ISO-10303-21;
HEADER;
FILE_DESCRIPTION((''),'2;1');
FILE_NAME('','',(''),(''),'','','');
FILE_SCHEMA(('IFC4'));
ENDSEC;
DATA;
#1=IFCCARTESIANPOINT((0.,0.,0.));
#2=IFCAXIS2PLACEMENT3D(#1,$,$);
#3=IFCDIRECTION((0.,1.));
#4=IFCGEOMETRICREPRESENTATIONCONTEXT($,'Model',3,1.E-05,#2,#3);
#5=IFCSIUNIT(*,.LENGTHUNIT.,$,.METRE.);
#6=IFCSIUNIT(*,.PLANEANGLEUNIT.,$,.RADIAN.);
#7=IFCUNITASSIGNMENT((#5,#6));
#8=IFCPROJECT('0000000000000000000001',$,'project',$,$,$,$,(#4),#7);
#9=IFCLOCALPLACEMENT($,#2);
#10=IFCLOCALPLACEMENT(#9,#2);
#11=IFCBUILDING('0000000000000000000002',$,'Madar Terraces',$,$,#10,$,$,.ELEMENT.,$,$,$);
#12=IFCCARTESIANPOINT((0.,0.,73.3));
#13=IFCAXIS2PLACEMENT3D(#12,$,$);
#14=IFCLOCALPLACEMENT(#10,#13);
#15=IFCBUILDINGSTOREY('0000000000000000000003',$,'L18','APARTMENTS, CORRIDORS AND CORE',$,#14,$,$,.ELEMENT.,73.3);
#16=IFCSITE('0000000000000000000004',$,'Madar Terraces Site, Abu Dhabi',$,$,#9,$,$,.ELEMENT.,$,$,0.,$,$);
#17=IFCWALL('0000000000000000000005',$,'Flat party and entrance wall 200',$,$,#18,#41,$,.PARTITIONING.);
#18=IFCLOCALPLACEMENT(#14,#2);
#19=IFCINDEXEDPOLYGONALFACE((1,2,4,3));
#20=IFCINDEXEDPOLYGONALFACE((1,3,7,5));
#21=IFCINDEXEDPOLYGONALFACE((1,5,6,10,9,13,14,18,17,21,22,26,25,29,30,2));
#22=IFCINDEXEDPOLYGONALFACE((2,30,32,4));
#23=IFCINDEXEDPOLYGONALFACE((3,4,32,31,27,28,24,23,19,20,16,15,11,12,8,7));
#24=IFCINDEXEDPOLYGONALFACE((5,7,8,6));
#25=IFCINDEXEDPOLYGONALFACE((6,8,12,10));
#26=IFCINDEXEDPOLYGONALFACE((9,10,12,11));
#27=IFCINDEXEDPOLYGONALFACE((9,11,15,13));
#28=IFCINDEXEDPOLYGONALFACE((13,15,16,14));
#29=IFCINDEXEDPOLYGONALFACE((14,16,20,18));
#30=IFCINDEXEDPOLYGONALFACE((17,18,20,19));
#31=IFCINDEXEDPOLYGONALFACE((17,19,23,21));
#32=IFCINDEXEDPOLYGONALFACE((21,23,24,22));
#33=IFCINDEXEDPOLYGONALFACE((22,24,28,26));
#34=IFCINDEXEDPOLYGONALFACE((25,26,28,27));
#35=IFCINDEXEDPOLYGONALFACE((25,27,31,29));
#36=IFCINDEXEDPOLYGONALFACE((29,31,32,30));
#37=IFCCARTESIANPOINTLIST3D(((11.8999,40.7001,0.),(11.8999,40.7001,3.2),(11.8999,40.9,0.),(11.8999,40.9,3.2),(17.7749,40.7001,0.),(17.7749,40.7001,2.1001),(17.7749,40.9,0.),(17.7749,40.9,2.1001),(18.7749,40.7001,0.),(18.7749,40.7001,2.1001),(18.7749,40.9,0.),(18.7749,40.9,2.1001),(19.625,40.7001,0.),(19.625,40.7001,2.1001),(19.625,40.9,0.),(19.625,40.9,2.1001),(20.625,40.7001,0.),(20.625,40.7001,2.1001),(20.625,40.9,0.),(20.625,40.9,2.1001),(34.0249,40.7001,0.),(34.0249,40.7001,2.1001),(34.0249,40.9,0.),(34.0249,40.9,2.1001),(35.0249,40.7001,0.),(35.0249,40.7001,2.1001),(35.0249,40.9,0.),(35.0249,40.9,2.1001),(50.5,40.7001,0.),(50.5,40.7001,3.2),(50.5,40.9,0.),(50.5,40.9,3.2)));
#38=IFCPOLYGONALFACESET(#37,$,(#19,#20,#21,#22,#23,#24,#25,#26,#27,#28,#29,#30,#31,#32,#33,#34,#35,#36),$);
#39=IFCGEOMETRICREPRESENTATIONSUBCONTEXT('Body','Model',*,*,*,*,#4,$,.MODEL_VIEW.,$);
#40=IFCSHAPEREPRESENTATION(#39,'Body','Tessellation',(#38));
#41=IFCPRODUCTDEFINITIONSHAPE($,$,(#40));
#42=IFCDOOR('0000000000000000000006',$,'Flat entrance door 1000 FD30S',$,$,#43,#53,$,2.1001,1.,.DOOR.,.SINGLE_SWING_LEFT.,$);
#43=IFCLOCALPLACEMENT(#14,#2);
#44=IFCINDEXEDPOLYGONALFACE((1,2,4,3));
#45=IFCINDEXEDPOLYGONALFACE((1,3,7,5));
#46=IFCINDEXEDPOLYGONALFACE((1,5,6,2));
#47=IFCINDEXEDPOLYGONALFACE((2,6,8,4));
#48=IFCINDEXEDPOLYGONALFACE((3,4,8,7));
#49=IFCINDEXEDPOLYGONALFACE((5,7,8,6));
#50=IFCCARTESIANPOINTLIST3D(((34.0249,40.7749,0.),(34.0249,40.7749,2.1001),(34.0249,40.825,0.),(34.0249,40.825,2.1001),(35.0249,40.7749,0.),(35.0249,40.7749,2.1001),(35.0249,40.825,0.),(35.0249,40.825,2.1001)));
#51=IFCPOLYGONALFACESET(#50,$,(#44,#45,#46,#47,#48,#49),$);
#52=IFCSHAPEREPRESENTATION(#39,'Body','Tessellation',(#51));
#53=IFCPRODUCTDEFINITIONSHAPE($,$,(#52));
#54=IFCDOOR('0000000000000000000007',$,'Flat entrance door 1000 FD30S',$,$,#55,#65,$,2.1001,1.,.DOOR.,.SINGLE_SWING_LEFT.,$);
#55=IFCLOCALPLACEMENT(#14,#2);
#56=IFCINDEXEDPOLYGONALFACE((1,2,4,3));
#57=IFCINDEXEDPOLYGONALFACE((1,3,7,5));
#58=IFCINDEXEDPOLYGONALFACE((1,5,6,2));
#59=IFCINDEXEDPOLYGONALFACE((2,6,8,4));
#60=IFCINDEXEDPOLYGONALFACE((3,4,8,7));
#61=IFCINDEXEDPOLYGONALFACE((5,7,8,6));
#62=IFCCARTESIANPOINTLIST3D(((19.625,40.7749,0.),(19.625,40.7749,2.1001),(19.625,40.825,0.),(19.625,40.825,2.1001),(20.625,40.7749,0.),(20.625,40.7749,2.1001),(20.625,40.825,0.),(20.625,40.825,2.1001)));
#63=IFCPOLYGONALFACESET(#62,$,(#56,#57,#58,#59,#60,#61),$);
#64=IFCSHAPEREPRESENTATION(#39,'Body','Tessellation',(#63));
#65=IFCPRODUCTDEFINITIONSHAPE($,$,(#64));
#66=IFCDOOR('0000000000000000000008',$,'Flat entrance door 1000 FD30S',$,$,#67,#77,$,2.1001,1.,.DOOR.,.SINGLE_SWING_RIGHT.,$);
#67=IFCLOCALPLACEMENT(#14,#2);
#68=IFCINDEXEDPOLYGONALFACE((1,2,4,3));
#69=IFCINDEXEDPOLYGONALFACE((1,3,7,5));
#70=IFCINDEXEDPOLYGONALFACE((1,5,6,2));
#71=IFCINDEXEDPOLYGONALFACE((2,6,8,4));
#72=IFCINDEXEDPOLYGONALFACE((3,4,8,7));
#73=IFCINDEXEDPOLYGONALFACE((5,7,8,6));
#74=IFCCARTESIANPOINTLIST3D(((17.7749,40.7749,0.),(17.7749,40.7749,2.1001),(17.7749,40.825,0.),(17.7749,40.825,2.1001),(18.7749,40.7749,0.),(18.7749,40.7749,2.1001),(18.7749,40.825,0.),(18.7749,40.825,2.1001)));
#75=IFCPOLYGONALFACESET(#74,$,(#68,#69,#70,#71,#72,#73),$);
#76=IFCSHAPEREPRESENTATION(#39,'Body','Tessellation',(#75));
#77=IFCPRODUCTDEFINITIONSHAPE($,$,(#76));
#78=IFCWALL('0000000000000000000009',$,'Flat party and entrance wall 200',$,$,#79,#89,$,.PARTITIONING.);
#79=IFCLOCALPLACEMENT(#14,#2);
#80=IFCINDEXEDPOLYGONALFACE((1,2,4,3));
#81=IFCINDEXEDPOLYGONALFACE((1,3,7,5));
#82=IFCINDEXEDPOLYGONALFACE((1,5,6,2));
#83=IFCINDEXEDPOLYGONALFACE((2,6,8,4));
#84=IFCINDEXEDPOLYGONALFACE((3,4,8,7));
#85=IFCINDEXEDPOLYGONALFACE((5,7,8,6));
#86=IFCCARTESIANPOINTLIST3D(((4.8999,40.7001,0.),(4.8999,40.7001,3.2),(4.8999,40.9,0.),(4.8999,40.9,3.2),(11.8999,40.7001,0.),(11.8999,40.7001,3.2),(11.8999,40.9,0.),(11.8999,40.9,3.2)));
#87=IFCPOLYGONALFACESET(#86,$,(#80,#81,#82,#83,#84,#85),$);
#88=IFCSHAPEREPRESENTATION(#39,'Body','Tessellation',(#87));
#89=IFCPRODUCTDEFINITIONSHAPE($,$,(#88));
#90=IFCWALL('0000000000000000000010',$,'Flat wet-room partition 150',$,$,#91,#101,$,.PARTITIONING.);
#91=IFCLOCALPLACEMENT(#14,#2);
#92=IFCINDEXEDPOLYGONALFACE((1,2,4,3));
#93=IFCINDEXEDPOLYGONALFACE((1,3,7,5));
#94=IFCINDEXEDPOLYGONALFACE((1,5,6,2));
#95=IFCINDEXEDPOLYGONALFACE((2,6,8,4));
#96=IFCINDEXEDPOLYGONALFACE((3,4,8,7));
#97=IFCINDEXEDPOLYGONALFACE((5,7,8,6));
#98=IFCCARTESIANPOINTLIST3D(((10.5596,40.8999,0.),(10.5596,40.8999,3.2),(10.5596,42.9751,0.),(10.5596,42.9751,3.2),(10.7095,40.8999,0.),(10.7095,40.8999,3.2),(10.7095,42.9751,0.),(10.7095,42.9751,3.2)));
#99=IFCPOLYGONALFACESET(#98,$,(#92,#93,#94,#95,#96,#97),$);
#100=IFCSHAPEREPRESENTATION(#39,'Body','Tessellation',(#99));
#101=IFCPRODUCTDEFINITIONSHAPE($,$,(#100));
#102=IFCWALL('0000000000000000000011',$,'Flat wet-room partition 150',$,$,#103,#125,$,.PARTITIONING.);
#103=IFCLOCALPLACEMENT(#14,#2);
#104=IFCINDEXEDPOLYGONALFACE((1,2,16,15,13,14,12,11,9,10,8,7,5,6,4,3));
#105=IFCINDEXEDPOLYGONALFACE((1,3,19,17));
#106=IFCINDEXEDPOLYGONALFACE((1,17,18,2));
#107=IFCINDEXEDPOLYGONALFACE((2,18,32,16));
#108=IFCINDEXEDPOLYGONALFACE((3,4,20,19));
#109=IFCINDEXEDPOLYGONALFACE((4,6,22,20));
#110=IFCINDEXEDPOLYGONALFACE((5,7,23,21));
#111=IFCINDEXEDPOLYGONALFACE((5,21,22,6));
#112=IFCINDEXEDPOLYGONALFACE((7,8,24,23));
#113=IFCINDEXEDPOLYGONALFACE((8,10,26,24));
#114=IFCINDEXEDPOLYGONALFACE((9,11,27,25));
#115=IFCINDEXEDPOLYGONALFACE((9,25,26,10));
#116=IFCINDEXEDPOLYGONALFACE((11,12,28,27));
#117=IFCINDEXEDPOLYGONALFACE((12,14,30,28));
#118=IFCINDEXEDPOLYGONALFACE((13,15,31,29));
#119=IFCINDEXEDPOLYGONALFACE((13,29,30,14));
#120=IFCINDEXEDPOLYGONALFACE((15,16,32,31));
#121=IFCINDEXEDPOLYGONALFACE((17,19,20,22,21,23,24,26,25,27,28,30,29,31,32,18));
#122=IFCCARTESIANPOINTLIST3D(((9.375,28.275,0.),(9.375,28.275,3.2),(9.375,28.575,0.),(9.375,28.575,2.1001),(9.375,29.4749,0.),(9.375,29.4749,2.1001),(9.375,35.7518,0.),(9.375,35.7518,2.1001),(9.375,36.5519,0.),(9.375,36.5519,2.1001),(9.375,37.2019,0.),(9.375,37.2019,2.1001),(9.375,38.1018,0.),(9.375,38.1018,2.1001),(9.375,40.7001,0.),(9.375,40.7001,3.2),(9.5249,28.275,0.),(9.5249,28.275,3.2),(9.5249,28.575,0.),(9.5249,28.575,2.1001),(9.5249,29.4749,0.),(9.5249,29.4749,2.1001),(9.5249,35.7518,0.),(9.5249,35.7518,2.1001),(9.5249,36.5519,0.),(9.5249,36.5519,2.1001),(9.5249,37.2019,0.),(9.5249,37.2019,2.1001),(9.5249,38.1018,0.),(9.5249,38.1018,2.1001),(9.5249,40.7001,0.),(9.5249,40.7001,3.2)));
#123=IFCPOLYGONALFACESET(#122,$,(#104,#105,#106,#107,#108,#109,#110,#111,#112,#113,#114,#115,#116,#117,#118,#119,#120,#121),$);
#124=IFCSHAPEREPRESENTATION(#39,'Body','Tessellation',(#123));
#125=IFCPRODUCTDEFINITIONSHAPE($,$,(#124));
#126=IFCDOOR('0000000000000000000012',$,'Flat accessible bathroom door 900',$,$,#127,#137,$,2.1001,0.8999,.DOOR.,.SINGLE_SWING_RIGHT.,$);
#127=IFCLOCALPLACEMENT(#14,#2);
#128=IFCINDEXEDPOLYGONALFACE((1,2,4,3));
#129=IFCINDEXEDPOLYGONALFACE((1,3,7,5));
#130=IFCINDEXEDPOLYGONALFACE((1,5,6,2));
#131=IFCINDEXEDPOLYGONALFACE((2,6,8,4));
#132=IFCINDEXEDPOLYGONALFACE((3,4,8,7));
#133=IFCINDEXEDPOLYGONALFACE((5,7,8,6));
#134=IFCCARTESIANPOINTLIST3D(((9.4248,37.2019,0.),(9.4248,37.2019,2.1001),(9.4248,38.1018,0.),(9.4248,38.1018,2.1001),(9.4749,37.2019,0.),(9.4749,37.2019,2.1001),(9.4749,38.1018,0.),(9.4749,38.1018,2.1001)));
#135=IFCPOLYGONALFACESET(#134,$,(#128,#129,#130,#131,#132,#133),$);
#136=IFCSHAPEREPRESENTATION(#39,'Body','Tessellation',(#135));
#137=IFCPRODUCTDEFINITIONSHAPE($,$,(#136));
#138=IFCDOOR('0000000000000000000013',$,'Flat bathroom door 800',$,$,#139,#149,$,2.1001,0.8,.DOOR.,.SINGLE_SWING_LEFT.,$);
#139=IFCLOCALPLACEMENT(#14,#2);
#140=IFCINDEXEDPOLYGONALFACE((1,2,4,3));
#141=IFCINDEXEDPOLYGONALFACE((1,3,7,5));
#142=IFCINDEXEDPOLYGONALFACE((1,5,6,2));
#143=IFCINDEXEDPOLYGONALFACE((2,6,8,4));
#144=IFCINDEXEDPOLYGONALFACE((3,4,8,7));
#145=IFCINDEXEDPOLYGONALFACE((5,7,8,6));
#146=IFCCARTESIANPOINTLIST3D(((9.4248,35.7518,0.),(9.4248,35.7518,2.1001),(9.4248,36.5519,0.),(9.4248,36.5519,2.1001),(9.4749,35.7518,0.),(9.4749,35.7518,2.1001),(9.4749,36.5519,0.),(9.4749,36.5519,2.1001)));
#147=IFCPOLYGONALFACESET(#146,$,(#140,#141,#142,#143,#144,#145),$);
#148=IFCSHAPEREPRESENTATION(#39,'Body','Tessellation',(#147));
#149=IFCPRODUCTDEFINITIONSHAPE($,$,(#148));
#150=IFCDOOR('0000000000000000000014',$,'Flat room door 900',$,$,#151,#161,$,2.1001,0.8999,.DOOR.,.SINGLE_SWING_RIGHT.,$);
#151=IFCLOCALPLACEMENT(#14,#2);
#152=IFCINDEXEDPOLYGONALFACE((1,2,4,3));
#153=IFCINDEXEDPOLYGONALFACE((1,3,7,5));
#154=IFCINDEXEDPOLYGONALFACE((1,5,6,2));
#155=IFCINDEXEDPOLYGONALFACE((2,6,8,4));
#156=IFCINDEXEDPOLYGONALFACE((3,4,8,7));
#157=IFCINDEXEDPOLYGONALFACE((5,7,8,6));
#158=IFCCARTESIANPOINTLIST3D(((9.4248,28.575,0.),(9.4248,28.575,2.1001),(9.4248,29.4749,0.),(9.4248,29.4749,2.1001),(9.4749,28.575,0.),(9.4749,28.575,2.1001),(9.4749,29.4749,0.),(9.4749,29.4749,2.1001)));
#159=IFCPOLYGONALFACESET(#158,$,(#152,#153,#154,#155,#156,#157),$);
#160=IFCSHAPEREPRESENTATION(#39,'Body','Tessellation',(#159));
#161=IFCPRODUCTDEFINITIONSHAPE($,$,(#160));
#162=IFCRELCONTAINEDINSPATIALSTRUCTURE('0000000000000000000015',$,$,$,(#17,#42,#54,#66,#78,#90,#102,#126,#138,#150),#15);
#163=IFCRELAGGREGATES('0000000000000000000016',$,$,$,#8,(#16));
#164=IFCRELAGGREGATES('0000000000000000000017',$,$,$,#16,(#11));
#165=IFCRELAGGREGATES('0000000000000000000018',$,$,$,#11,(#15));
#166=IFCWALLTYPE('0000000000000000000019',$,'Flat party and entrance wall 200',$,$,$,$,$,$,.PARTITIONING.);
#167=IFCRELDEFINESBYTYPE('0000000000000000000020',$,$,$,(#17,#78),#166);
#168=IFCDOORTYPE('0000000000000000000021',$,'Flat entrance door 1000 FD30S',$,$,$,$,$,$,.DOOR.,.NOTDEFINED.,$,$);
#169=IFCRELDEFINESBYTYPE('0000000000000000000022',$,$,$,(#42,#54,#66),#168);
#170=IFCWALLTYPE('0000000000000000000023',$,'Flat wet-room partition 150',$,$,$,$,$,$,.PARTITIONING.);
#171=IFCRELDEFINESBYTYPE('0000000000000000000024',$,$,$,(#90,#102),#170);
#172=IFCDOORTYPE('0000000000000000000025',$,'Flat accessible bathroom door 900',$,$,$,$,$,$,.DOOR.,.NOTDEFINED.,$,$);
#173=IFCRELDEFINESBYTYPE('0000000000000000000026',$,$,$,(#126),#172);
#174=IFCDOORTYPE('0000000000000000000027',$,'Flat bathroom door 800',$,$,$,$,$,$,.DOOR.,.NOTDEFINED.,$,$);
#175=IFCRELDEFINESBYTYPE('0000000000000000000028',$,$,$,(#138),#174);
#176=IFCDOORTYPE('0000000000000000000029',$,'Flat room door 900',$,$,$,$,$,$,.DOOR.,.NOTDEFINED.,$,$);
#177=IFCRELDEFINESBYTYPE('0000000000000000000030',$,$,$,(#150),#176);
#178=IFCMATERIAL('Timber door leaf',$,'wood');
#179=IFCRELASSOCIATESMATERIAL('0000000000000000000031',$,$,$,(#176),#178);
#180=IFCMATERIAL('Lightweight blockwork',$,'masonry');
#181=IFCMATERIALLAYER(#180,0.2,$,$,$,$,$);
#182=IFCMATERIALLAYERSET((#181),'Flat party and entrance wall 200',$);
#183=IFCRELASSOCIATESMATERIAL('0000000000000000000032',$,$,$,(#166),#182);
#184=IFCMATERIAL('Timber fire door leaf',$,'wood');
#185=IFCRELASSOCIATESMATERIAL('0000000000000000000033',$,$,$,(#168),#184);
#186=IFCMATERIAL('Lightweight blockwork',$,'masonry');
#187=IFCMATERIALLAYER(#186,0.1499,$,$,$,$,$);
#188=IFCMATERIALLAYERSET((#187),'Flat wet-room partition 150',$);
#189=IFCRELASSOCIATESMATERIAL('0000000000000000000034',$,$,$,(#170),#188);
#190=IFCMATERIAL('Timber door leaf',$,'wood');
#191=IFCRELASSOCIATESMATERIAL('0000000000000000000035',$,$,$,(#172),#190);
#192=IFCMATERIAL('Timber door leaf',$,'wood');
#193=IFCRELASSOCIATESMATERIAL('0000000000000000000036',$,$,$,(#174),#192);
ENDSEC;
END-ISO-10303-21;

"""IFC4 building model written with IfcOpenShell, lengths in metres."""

from ifc_helpers import new_model, si_unit, direction, frame, frame_2d, origin, place, context, subcontext, project, spatial, rectangle, extrude, material, layer, layer_set, type_object, element, fill, save


model = new_model("IFC4")

# Units and contexts
model_context = context("Model", 3, precision=1e-05, world=origin(), true_north=direction((0.0, 1.0)))
body_context = subcontext(model_context, "Body", "Model", "MODEL_VIEW")
ifc_project = project(units=[si_unit("LENGTHUNIT", "METRE"), si_unit("PLANEANGLEUNIT", "RADIAN")], contexts=[model_context])

# Site, building, storey
site_placement = place(None, origin())
site = spatial("IfcSite", under=ifc_project, at=site_placement, Name="Madar Terraces Site, Abu Dhabi", CompositionType="ELEMENT", RefElevation=0.0)
building_placement = place(site_placement, origin())
building = spatial("IfcBuilding", under=site, at=building_placement, Name="Madar Terraces", CompositionType="ELEMENT")
storey_placement = place(building_placement, frame((0.0, 0.0, 73.3)))
storey = spatial("IfcBuildingStorey", under=building, at=storey_placement, Name="L18", Description="APARTMENTS, CORRIDORS AND CORE", CompositionType="ELEMENT", Elevation=73.3)

# Wall, openings, doors
ifc_material_1 = material(Name="Timber door leaf", Category="wood")
door_type_1 = type_object("IfcDoorType", Name="Flat room door 900", OperationType="NOTDEFINED", PredefinedType="DOOR", material=ifc_material_1)
ifc_material_2 = material(Name="Lightweight blockwork", Category="masonry")
ifc_layer_1 = layer(ifc_material_2, 0.2)
ifc_layer_set_1 = layer_set([ifc_layer_1], Name="Flat party and entrance wall 200")
wall_type_1 = type_object("IfcWallType", Name="Flat party and entrance wall 200", PredefinedType="PARTITIONING", material=ifc_layer_set_1)
wall_1_placement = place(storey_placement, frame((11.8999, 40.8, 0.0), z_axis=(0.0, 0.0, 1.0), x_axis=(1.0, 0.0, 0.0)))
wall_1 = element("IfcWall", 1, at=wall_1_placement, inside=storey, type_object=wall_type_1, Name="Flat party and entrance wall 200", PredefinedType="PARTITIONING", context=body_context, shape_type="SweptSolid", body=[
    extrude(rectangle(XDim=38.6001, YDim=0.2, at=frame_2d((19.3, 0.0))), origin(), (0.0, 0.0, 1.0), 3.2),
])
opening_1_placement = place(wall_1_placement, frame((22.125, 0.0, 0.0)))
opening_1 = element("IfcOpeningElement", 2, at=opening_1_placement, cuts=wall_1, PredefinedType="OPENING", context=body_context, shape_type="SweptSolid", body=[
    extrude(rectangle(XDim=1.0, YDim=2.1001, at=frame_2d((0.5, 1.05))), frame((0.0, 0.1099, 0.0), z_axis=(0.0, -1.0, 0.0), x_axis=(1.0, 0.0, 0.0)), (0.0, 0.0, 1.0), 0.22),
])
opening_2_placement = place(wall_1_placement, frame((7.7251, 0.0, 0.0)))
opening_2 = element("IfcOpeningElement", 3, at=opening_2_placement, cuts=wall_1, PredefinedType="OPENING", context=body_context, shape_type="SweptSolid", body=[
    extrude(rectangle(XDim=1.0, YDim=2.1001, at=frame_2d((0.5, 1.05))), frame((0.0, 0.1099, 0.0), z_axis=(0.0, -1.0, 0.0), x_axis=(1.0, 0.0, 0.0)), (0.0, 0.0, 1.0), 0.22),
])
opening_3_placement = place(wall_1_placement, frame((5.875, 0.0, 0.0)))
opening_3 = element("IfcOpeningElement", 4, at=opening_3_placement, cuts=wall_1, PredefinedType="OPENING", context=body_context, shape_type="SweptSolid", body=[
    extrude(rectangle(XDim=1.0, YDim=2.1001, at=frame_2d((0.5, 1.05))), frame((0.0, 0.1099, 0.0), z_axis=(0.0, -1.0, 0.0), x_axis=(1.0, 0.0, 0.0)), (0.0, 0.0, 1.0), 0.22),
])
ifc_material_3 = material(Name="Timber fire door leaf", Category="wood")
door_type_2 = type_object("IfcDoorType", Name="Flat entrance door 1000 FD30S", OperationType="NOTDEFINED", PredefinedType="DOOR", material=ifc_material_3)
door_1_placement = place(opening_1_placement, origin())
door_1 = element("IfcDoor", 5, at=door_1_placement, inside=storey, type_object=door_type_2, Name="Flat entrance door 1000 FD30S", OperationType="SINGLE_SWING_LEFT", OverallHeight=2.1001, OverallWidth=1.0, PredefinedType="DOOR", context=body_context, shape_type="SweptSolid", body=[
    extrude(rectangle(XDim=1.0, YDim=2.1001, at=frame_2d((0.5, 1.05))), frame((0.0, 0.0249, 0.0), z_axis=(0.0, -1.0, 0.0), x_axis=(1.0, 0.0, 0.0)), (0.0, 0.0, 1.0), 0.05),
])
fill(opening_1, door_1)
door_2_placement = place(opening_2_placement, origin())
door_2 = element("IfcDoor", 6, at=door_2_placement, inside=storey, type_object=door_type_2, Name="Flat entrance door 1000 FD30S", OperationType="SINGLE_SWING_LEFT", OverallHeight=2.1001, OverallWidth=1.0, PredefinedType="DOOR", context=body_context, shape_type="SweptSolid", body=[
    extrude(rectangle(XDim=1.0, YDim=2.1001, at=frame_2d((0.5, 1.05))), frame((0.0, 0.0249, 0.0), z_axis=(0.0, -1.0, 0.0), x_axis=(1.0, 0.0, 0.0)), (0.0, 0.0, 1.0), 0.05),
])
fill(opening_2, door_2)
door_3_placement = place(opening_3_placement, origin())
door_3 = element("IfcDoor", 7, at=door_3_placement, inside=storey, type_object=door_type_2, Name="Flat entrance door 1000 FD30S", OperationType="SINGLE_SWING_RIGHT", OverallHeight=2.1001, OverallWidth=1.0, PredefinedType="DOOR", context=body_context, shape_type="SweptSolid", body=[
    extrude(rectangle(XDim=1.0, YDim=2.1001, at=frame_2d((0.5, 1.05))), frame((0.0, 0.0249, 0.0), z_axis=(0.0, -1.0, 0.0), x_axis=(1.0, 0.0, 0.0)), (0.0, 0.0, 1.0), 0.05),
])
fill(opening_3, door_3)

# Walls
wall_2_placement = place(storey_placement, frame((4.8999, 40.8, 0.0), z_axis=(0.0, 0.0, 1.0), x_axis=(1.0, 0.0, 0.0)))
element("IfcWall", 8, at=wall_2_placement, inside=storey, type_object=wall_type_1, Name="Flat party and entrance wall 200", PredefinedType="PARTITIONING", context=body_context, shape_type="SweptSolid", body=[
    extrude(rectangle(XDim=7.0, YDim=0.2, at=frame_2d((3.5, 0.0))), origin(), (0.0, 0.0, 1.0), 3.2),
])
ifc_material_4 = material(Name="Lightweight blockwork", Category="masonry")
ifc_layer_2 = layer(ifc_material_4, 0.1499)
ifc_layer_set_2 = layer_set([ifc_layer_2], Name="Flat wet-room partition 150")
wall_type_2 = type_object("IfcWallType", Name="Flat wet-room partition 150", PredefinedType="PARTITIONING", material=ifc_layer_set_2)
wall_3_placement = place(storey_placement, frame((10.6345, 40.8999, 0.0), z_axis=(0.0, 0.0, 1.0), x_axis=(0.0, 1.0, 0.0)))
element("IfcWall", 9, at=wall_3_placement, inside=storey, type_object=wall_type_2, Name="Flat wet-room partition 150", PredefinedType="PARTITIONING", context=body_context, shape_type="SweptSolid", body=[
    extrude(rectangle(XDim=2.0752, YDim=0.1499, at=frame_2d((1.0376, 0.0))), origin(), (0.0, 0.0, 1.0), 3.2),
])

# Wall, openings, doors
wall_4_placement = place(storey_placement, frame((9.45, 40.7, 0.0), z_axis=(0.0, 0.0, 1.0), x_axis=(0.0, -1.0, 0.0)))
wall_4 = element("IfcWall", 10, at=wall_4_placement, inside=storey, type_object=wall_type_2, Name="Flat wet-room partition 150", PredefinedType="PARTITIONING", context=body_context, shape_type="SweptSolid", body=[
    extrude(rectangle(XDim=12.425, YDim=0.1499, at=frame_2d((6.2124, 0.0))), origin(), (0.0, 0.0, 1.0), 3.2),
])
opening_4_placement = place(wall_4_placement, frame((11.2251, 0.0, 0.0)))
opening_4 = element("IfcOpeningElement", 11, at=opening_4_placement, cuts=wall_4, PredefinedType="OPENING", context=body_context, shape_type="SweptSolid", body=[
    extrude(rectangle(XDim=0.8999, YDim=2.1001, at=frame_2d((0.45, 1.05))), frame((0.0, 0.085, 0.0), z_axis=(0.0, -1.0, 0.0), x_axis=(1.0, 0.0, 0.0)), (0.0, 0.0, 1.0), 0.1699),
])
opening_5_placement = place(wall_4_placement, frame((4.1482, 0.0, 0.0)))
opening_5 = element("IfcOpeningElement", 12, at=opening_5_placement, cuts=wall_4, PredefinedType="OPENING", context=body_context, shape_type="SweptSolid", body=[
    extrude(rectangle(XDim=0.8, YDim=2.1001, at=frame_2d((0.3999, 1.05))), frame((0.0, 0.085, 0.0), z_axis=(0.0, -1.0, 0.0), x_axis=(1.0, 0.0, 0.0)), (0.0, 0.0, 1.0), 0.1699),
])
opening_6_placement = place(wall_4_placement, frame((2.5981, 0.0, 0.0)))
opening_6 = element("IfcOpeningElement", 13, at=opening_6_placement, cuts=wall_4, PredefinedType="OPENING", context=body_context, shape_type="SweptSolid", body=[
    extrude(rectangle(XDim=0.8999, YDim=2.1001, at=frame_2d((0.45, 1.05))), frame((0.0, 0.085, 0.0), z_axis=(0.0, -1.0, 0.0), x_axis=(1.0, 0.0, 0.0)), (0.0, 0.0, 1.0), 0.1699),
])
ifc_material_5 = material(Name="Timber door leaf", Category="wood")
door_type_3 = type_object("IfcDoorType", Name="Flat accessible bathroom door 900", OperationType="NOTDEFINED", PredefinedType="DOOR", material=ifc_material_5)
door_4_placement = place(opening_6_placement, origin())
door_4 = element("IfcDoor", 14, at=door_4_placement, inside=storey, type_object=door_type_3, Name="Flat accessible bathroom door 900", OperationType="SINGLE_SWING_RIGHT", OverallHeight=2.1001, OverallWidth=0.8999, PredefinedType="DOOR", context=body_context, shape_type="SweptSolid", body=[
    extrude(rectangle(XDim=0.8999, YDim=2.1001, at=frame_2d((0.45, 1.05))), frame((0.0, 0.0249, 0.0), z_axis=(0.0, -1.0, 0.0), x_axis=(1.0, 0.0, 0.0)), (0.0, 0.0, 1.0), 0.05),
])
fill(opening_6, door_4)
ifc_material_6 = material(Name="Timber door leaf", Category="wood")
door_type_4 = type_object("IfcDoorType", Name="Flat bathroom door 800", OperationType="NOTDEFINED", PredefinedType="DOOR", material=ifc_material_6)
door_5_placement = place(opening_5_placement, origin())
door_5 = element("IfcDoor", 15, at=door_5_placement, inside=storey, type_object=door_type_4, Name="Flat bathroom door 800", OperationType="SINGLE_SWING_LEFT", OverallHeight=2.1001, OverallWidth=0.8, PredefinedType="DOOR", context=body_context, shape_type="SweptSolid", body=[
    extrude(rectangle(XDim=0.8, YDim=2.1001, at=frame_2d((0.3999, 1.05))), frame((0.0, 0.0249, 0.0), z_axis=(0.0, -1.0, 0.0), x_axis=(1.0, 0.0, 0.0)), (0.0, 0.0, 1.0), 0.05),
])
fill(opening_5, door_5)
door_6_placement = place(opening_4_placement, origin())
door_6 = element("IfcDoor", 16, at=door_6_placement, inside=storey, type_object=door_type_1, Name="Flat room door 900", OperationType="SINGLE_SWING_RIGHT", OverallHeight=2.1001, OverallWidth=0.8999, PredefinedType="DOOR", context=body_context, shape_type="SweptSolid", body=[
    extrude(rectangle(XDim=0.8999, YDim=2.1001, at=frame_2d((0.45, 1.05))), frame((0.0, 0.0249, 0.0), z_axis=(0.0, -1.0, 0.0), x_axis=(1.0, 0.0, 0.0)), (0.0, 0.0, 1.0), 0.05),
])
fill(opening_4, door_6)

save(model, "model.ifc")
